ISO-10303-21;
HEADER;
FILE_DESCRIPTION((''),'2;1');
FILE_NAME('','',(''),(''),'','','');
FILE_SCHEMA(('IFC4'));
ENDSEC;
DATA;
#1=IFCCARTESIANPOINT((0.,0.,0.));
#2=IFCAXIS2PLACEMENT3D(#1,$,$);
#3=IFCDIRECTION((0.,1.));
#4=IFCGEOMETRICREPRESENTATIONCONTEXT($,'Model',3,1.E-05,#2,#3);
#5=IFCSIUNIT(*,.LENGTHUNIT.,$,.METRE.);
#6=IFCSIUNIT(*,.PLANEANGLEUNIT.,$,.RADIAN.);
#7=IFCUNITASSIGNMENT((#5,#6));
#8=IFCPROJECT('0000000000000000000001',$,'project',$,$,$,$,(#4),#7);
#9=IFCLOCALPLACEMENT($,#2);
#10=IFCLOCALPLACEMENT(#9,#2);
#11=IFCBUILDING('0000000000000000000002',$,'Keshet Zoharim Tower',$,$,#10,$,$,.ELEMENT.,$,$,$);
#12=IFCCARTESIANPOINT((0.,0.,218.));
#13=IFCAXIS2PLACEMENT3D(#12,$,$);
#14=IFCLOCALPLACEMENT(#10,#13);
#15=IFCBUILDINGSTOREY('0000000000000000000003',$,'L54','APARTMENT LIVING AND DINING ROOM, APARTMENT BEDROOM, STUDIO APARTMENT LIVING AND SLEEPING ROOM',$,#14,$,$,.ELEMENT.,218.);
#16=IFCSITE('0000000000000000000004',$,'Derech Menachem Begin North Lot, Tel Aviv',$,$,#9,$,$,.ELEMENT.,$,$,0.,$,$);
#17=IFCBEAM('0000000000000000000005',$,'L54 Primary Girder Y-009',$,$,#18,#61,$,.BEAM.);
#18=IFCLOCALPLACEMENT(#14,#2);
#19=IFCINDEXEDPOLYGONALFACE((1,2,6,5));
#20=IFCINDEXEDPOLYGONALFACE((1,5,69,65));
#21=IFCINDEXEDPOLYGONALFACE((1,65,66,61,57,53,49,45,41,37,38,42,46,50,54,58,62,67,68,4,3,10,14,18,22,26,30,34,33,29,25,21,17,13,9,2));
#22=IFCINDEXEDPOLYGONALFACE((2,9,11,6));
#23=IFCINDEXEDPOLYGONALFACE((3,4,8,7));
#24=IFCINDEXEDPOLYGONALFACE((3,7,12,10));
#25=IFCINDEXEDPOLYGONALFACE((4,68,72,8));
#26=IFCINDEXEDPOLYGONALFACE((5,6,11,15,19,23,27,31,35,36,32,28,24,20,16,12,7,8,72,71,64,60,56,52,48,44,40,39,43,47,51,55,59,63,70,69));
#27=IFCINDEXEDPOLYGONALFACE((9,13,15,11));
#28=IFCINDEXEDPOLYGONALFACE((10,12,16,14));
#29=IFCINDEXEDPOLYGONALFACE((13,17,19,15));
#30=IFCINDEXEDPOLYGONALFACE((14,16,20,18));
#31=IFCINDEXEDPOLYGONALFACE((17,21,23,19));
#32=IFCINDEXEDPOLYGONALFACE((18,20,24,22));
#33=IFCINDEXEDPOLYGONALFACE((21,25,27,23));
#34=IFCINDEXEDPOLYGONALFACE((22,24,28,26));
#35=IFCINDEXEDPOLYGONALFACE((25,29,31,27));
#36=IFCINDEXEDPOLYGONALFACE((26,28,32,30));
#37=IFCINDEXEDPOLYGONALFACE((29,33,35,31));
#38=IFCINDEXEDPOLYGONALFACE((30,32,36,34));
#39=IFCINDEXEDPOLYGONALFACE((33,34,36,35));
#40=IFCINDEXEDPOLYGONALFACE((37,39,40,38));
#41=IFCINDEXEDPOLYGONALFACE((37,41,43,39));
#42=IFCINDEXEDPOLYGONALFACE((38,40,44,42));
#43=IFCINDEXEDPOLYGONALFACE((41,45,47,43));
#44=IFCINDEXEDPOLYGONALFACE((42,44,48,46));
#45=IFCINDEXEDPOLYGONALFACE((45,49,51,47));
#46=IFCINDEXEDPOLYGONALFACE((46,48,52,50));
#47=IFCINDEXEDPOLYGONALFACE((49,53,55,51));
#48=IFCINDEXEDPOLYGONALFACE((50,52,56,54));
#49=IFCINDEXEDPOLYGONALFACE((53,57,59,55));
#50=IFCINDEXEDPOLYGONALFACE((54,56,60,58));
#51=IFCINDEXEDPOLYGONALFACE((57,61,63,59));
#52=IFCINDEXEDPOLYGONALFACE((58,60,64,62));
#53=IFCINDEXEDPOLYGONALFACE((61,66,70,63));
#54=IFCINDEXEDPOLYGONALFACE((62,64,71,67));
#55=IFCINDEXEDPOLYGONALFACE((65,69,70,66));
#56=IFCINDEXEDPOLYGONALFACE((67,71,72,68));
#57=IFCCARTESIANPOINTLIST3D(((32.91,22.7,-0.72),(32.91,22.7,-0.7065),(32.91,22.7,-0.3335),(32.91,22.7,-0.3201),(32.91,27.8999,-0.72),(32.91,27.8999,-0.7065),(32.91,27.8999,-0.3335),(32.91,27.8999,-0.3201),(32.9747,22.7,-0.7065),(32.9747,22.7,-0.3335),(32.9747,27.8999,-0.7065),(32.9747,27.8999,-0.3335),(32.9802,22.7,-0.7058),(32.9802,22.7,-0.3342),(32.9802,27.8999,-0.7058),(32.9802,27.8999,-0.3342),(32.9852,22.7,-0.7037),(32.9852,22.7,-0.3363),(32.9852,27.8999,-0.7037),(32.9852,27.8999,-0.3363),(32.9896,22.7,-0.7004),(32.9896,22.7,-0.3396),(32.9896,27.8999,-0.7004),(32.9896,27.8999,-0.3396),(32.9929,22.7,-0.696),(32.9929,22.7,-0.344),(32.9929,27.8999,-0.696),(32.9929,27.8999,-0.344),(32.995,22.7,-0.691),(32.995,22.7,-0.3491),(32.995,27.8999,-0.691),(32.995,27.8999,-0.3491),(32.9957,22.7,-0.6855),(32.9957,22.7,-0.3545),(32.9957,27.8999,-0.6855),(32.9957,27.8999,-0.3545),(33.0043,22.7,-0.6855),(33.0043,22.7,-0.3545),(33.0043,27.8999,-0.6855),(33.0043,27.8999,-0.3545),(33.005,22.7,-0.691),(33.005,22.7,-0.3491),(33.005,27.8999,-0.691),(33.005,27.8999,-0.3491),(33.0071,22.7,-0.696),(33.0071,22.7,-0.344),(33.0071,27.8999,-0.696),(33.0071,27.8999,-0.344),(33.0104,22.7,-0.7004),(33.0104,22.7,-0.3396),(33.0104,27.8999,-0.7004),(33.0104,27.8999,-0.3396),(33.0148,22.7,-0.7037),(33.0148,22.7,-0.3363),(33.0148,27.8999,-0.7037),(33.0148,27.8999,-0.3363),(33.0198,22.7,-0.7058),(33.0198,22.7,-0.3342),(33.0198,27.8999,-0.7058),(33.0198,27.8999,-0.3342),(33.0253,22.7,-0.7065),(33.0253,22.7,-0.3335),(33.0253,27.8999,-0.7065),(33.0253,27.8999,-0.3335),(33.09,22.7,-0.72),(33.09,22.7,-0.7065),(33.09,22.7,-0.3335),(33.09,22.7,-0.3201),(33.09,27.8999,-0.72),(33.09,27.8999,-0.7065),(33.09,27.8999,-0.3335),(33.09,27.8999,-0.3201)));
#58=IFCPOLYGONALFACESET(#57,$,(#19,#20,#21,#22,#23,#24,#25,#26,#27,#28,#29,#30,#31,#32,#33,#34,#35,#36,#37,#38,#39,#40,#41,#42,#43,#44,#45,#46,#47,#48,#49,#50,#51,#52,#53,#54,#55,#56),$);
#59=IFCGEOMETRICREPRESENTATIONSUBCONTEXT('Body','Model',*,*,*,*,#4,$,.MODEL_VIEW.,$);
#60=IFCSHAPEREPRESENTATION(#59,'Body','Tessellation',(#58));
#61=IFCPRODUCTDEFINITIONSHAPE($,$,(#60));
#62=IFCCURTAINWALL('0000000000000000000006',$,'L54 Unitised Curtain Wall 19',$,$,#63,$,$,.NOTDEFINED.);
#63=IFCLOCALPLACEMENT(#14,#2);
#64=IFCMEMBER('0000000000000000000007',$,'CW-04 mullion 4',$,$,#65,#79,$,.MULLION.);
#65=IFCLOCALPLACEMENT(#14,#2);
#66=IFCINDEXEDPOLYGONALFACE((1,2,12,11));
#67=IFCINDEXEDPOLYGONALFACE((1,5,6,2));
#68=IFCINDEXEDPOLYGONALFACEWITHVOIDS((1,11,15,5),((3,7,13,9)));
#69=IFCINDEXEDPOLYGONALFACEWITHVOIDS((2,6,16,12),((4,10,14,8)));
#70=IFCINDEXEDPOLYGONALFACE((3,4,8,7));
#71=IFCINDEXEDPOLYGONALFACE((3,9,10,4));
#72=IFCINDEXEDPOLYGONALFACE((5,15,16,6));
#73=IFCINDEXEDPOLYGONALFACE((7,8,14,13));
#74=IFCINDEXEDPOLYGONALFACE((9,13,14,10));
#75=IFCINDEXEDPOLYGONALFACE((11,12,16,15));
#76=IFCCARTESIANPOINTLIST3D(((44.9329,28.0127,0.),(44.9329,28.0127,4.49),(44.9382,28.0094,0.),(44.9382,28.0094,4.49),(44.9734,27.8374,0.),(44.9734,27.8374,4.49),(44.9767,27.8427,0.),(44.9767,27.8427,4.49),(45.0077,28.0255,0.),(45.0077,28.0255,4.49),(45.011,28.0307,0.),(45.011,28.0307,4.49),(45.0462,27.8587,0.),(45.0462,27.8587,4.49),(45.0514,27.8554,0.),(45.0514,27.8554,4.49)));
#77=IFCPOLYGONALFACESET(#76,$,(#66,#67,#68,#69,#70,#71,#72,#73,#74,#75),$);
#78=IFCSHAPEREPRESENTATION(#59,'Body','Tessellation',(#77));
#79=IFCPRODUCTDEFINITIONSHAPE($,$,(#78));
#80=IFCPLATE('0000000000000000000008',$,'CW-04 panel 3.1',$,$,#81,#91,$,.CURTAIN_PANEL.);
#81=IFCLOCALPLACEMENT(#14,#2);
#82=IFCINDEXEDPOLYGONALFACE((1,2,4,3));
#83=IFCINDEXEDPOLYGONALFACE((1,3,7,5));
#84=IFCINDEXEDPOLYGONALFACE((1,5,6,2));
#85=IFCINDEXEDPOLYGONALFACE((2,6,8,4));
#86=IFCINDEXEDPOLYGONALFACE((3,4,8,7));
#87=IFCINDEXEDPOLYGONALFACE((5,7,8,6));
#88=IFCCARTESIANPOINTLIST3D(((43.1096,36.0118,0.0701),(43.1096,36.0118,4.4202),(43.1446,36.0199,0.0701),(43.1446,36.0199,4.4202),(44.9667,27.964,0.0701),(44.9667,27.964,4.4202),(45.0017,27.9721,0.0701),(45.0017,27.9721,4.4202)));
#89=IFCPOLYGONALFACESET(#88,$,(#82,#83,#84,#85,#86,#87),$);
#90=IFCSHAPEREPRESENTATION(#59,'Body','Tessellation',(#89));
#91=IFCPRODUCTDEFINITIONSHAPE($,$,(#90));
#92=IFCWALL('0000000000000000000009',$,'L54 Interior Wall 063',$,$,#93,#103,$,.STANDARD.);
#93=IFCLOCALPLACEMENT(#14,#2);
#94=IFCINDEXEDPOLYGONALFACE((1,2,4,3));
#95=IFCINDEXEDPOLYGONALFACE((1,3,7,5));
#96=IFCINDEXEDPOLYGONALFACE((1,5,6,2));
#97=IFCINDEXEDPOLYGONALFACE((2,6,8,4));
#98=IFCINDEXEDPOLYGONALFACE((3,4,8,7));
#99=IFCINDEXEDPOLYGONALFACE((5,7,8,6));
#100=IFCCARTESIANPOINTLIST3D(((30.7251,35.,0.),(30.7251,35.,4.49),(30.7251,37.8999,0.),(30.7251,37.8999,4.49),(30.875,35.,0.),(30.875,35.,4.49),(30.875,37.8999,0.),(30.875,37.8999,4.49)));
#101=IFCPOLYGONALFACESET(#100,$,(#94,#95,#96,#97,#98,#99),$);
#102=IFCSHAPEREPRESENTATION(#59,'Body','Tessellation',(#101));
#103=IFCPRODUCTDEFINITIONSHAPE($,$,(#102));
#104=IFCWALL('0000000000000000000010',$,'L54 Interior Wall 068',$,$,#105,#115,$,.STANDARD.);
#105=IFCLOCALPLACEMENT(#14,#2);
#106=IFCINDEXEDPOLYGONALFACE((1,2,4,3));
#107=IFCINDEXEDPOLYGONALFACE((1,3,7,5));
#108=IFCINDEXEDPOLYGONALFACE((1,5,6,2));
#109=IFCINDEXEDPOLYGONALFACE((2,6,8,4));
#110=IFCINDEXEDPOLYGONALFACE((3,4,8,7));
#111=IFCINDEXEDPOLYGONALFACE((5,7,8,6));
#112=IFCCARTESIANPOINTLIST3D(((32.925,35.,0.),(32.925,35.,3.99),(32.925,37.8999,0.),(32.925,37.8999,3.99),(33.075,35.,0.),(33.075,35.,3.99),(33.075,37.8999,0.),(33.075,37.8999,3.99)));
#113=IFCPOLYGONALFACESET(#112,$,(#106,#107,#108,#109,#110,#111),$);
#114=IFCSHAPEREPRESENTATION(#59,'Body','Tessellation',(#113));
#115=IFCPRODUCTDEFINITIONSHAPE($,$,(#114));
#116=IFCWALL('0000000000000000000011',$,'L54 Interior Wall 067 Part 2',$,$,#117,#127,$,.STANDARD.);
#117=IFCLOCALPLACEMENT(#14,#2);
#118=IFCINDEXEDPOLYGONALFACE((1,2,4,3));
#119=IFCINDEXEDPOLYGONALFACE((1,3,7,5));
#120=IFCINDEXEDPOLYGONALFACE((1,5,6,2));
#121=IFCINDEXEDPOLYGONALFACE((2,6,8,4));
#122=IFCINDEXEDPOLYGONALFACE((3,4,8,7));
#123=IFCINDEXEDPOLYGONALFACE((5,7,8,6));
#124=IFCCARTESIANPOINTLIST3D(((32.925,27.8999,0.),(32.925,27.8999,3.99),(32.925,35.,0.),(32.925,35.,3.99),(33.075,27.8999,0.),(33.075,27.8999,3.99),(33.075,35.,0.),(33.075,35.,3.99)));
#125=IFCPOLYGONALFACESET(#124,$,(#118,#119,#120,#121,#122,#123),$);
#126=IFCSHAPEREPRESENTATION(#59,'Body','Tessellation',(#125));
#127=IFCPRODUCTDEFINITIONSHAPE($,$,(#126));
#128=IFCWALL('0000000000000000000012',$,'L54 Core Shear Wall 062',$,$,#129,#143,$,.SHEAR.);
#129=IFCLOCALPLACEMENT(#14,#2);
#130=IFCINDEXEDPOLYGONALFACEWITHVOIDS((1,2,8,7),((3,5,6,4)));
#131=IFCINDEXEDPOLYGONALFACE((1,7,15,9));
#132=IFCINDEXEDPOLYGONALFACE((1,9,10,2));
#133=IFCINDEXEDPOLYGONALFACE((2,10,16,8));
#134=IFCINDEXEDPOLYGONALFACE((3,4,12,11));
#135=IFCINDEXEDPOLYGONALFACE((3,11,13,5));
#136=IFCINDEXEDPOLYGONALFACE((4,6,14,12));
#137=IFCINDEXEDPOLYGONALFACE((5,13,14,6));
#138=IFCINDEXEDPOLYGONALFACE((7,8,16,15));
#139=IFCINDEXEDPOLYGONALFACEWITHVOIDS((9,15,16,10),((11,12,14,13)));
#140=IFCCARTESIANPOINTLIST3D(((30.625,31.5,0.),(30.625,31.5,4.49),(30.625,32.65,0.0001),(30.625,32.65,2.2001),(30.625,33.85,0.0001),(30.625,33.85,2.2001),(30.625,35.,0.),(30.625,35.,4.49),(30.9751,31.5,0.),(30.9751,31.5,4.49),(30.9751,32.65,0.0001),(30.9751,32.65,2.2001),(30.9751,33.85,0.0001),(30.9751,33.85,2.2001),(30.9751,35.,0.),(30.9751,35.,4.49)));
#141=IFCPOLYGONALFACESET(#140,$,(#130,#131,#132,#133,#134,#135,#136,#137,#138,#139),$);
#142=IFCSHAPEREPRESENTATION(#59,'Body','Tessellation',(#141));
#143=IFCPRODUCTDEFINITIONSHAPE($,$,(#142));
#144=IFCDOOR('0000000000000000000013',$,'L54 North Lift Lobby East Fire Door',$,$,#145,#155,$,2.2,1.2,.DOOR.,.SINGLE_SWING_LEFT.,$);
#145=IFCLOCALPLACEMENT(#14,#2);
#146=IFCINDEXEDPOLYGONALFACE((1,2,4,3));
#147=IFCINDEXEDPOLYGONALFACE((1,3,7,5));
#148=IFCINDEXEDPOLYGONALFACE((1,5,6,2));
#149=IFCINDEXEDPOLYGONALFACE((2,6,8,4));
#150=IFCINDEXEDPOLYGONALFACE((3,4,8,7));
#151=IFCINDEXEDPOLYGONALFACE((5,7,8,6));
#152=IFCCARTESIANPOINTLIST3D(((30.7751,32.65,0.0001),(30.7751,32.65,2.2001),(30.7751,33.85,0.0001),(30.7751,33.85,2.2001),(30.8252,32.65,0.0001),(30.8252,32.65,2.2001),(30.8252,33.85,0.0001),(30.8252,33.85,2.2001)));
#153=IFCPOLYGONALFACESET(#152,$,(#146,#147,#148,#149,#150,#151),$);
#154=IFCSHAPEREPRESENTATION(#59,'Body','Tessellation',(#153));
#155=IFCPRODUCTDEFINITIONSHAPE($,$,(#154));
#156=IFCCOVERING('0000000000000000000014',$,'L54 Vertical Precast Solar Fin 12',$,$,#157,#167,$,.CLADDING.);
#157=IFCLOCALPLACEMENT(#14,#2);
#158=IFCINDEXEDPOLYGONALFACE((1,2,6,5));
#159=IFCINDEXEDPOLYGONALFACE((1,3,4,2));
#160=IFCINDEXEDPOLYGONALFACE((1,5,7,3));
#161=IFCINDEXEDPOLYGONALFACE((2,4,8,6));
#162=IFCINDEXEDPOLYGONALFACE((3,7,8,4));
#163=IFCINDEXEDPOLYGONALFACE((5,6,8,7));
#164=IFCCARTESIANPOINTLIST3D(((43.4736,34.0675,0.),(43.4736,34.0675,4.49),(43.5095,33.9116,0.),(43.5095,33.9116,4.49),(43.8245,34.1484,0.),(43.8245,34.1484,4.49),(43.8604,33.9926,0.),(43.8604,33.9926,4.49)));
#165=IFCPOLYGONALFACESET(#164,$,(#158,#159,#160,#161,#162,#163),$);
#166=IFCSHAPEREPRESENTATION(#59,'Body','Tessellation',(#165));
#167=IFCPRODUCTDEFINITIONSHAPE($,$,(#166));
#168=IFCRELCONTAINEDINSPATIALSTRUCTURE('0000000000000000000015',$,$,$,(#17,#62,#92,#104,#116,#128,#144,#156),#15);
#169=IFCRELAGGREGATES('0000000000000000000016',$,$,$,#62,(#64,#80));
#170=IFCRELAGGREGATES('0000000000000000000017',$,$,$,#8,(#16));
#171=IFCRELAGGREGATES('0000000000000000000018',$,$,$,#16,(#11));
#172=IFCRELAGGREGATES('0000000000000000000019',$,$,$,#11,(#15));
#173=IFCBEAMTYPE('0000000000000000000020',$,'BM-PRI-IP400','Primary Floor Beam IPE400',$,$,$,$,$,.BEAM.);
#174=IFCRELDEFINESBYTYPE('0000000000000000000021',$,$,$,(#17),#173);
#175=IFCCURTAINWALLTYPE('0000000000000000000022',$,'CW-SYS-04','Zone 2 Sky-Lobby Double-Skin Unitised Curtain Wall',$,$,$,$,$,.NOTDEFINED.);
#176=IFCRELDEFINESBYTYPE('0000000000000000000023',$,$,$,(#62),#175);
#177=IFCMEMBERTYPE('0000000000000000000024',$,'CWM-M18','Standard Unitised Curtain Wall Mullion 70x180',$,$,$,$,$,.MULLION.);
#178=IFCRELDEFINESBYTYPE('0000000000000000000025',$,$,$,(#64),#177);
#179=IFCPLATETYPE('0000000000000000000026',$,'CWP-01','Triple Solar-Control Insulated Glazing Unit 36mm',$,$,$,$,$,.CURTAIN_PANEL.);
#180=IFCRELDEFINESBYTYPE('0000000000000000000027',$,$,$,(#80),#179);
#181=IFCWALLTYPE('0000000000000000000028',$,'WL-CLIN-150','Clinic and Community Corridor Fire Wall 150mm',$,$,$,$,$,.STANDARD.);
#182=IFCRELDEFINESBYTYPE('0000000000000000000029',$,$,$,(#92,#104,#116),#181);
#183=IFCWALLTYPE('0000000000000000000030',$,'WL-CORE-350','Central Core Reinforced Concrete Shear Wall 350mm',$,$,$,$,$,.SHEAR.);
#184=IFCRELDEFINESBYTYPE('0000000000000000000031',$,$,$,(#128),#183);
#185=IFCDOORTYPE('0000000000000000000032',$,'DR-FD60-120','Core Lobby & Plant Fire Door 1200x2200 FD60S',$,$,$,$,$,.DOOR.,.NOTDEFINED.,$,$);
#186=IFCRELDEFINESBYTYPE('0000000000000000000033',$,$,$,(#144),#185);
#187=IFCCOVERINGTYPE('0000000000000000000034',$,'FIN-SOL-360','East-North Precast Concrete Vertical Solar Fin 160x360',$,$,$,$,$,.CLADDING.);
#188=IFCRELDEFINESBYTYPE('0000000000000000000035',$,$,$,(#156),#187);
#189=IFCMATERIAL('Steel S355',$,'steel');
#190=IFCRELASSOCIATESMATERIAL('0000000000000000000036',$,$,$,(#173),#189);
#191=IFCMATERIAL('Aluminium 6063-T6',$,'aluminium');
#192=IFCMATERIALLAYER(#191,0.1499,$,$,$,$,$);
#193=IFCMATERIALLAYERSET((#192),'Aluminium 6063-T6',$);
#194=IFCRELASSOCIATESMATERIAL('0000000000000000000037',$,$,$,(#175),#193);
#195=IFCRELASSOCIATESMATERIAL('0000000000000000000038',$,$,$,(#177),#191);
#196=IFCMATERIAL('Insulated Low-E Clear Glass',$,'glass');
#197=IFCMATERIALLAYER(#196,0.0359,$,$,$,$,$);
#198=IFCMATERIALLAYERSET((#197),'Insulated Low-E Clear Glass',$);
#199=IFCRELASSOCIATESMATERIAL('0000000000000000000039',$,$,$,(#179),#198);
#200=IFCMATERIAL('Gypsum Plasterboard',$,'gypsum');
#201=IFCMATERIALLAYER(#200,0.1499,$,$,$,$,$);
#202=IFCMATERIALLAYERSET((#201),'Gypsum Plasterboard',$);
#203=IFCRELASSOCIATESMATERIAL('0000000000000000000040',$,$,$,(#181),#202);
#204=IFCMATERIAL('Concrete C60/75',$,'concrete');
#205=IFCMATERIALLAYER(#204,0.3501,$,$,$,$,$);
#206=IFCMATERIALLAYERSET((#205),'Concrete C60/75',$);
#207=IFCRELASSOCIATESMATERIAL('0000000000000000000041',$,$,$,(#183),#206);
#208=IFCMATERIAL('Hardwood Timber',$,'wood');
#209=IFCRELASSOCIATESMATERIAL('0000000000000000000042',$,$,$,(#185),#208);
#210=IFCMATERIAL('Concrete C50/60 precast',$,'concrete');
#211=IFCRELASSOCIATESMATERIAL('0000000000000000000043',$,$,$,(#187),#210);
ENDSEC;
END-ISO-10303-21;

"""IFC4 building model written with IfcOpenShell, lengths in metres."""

from ifc_helpers import new_model, si_unit, direction, frame, frame_2d, origin, origin_2d, place, context, subcontext, project, spatial, rectangle, hollow_rectangle, i_section, extrude, material, layer, layer_set, material_profile, profile_set, type_object, element, fill, aggregate, save


model = new_model("IFC4")

# Units and contexts
model_context = context("Model", 3, precision=1e-05, world=origin(), true_north=direction((0.0, 1.0)))
body_context = subcontext(model_context, "Body", "Model", "MODEL_VIEW")
ifc_project = project(units=[si_unit("LENGTHUNIT", "METRE"), si_unit("PLANEANGLEUNIT", "RADIAN")], contexts=[model_context])

# Site, building, storey
site_placement = place(None, origin())
site = spatial("IfcSite", under=ifc_project, at=site_placement, Name="Derech Menachem Begin North Lot, Tel Aviv", CompositionType="ELEMENT", RefElevation=0.0)
building_placement = place(site_placement, origin())
building = spatial("IfcBuilding", under=site, at=building_placement, Name="Keshet Zoharim Tower", CompositionType="ELEMENT")
storey_placement = place(building_placement, frame((0.0, 0.0, 218.0)))
storey = spatial("IfcBuildingStorey", under=building, at=storey_placement, Name="L54", Description="APARTMENT LIVING AND DINING ROOM, APARTMENT BEDROOM, STUDIO APARTMENT LIVING AND SLEEPING ROOM", CompositionType="ELEMENT", Elevation=218.0)

# Beam
ifc_material_1 = material(Name="Steel S355", Category="steel")
ifc_material_profile_1 = material_profile(ifc_material_1, i_section(OverallWidth=0.1799, OverallDepth=0.3999, WebThickness=0.0085, FlangeThickness=0.0134, FilletRadius=0.021, at=origin_2d()), Name="IPE400")
ifc_profile_set_1 = profile_set([ifc_material_profile_1], Name="Steel S355")
beam_type_1 = type_object("IfcBeamType", Name="BM-PRI-IP400", Description="Primary Floor Beam IPE400", PredefinedType="BEAM", material=ifc_profile_set_1)
beam_1_placement = place(storey_placement, frame((33.0, 22.7, -0.52), z_axis=(0.0, 1.0, 0.0), x_axis=(-1.0, 0.0, 0.0)))
element("IfcBeam", 1, at=beam_1_placement, inside=storey, type_object=beam_type_1, Name="L54 Primary Girder Y-009", PredefinedType="BEAM", context=body_context, shape_type="SweptSolid", body=[
    extrude(i_section(OverallWidth=0.1799, OverallDepth=0.3999, WebThickness=0.0085, FlangeThickness=0.0134, FilletRadius=0.021, at=origin_2d()), origin(), (0.0, 0.0, 1.0), 5.2),
])

# Curtain wall, member, plate
ifc_material_2 = material(Name="Aluminium 6063-T6", Category="aluminium")
ifc_layer_1 = layer(ifc_material_2, 0.1499)
ifc_layer_set_1 = layer_set([ifc_layer_1], Name="Aluminium 6063-T6")
curtain_wall_type = type_object("IfcCurtainWallType", Name="CW-SYS-04", Description="Zone 2 Sky-Lobby Double-Skin Unitised Curtain Wall", PredefinedType="NOTDEFINED", material=ifc_layer_set_1)
curtain_wall_placement = place(storey_placement, origin())
curtain_wall = element("IfcCurtainWall", 2, at=curtain_wall_placement, inside=storey, type_object=curtain_wall_type, Name="L54 Unitised Curtain Wall 19", PredefinedType="NOTDEFINED")
ifc_material_profile_2 = material_profile(ifc_material_2, hollow_rectangle(XDim=0.0801, YDim=0.1799, WallThickness=0.0044, at=origin_2d()), Name="MUL-80x180")
ifc_profile_set_2 = profile_set([ifc_material_profile_2], Name="Aluminium 6063-T6")
member_type = type_object("IfcMemberType", Name="CWM-M18", Description="Standard Unitised Curtain Wall Mullion 70x180", PredefinedType="MULLION", material=ifc_profile_set_2)
member_placement = place(storey_placement, frame((44.9922, 27.9341, 0.0), z_axis=(0.0, 0.0, 1.0), x_axis=(0.974394, 0.224848, 0.0)))
member = element("IfcMember", 3, at=member_placement, type_object=member_type, Name="CW-04 mullion 4", PredefinedType="MULLION", context=body_context, shape_type="SweptSolid", body=[
    extrude(hollow_rectangle(XDim=0.0801, YDim=0.1799, WallThickness=0.0044, at=origin_2d()), origin(), (0.0, 0.0, 1.0), 4.49),
])
ifc_material_3 = material(Name="Insulated Low-E Clear Glass", Category="glass")
ifc_layer_2 = layer(ifc_material_3, 0.0359)
ifc_layer_set_2 = layer_set([ifc_layer_2], Name="Insulated Low-E Clear Glass")
plate_type = type_object("IfcPlateType", Name="CWP-01", Description="Triple Solar-Control Insulated Glazing Unit 36mm", PredefinedType="CURTAIN_PANEL", material=ifc_layer_set_2)
plate_placement = place(storey_placement, frame((44.0557, 31.9919, 0.0701), z_axis=(0.0, 0.0, 1.0), x_axis=(0.224848, -0.974394, 0.0)))
plate = element("IfcPlate", 4, at=plate_placement, type_object=plate_type, Name="CW-04 panel 3.1", PredefinedType="CURTAIN_PANEL", context=body_context, shape_type="SweptSolid", body=[
    extrude(rectangle(XDim=8.2593, YDim=0.0359, at=origin_2d()), origin(), (0.0, 0.0, 1.0), 4.3501),
])
aggregate(curtain_wall, [member, plate])

# Walls
ifc_material_4 = material(Name="Gypsum Plasterboard", Category="gypsum")
ifc_layer_3 = layer(ifc_material_4, 0.1499)
ifc_layer_set_3 = layer_set([ifc_layer_3], Name="Gypsum Plasterboard")
wall_type_1 = type_object("IfcWallType", Name="WL-CLIN-150", Description="Clinic and Community Corridor Fire Wall 150mm", PredefinedType="STANDARD", material=ifc_layer_set_3)
wall_1_placement = place(storey_placement, frame((30.8, 35.0, 0.0), z_axis=(0.0, 0.0, 1.0), x_axis=(0.0, 1.0, 0.0)))
element("IfcWall", 5, at=wall_1_placement, inside=storey, type_object=wall_type_1, Name="L54 Interior Wall 063", PredefinedType="STANDARD", context=body_context, shape_type="SweptSolid", body=[
    extrude(rectangle(XDim=2.8999, YDim=0.1499, at=frame_2d((1.45, 0.0))), origin(), (0.0, 0.0, 1.0), 4.49),
])
wall_2_placement = place(storey_placement, frame((33.0, 35.0, 0.0), z_axis=(0.0, 0.0, 1.0), x_axis=(0.0, 1.0, 0.0)))
element("IfcWall", 6, at=wall_2_placement, inside=storey, type_object=wall_type_1, Name="L54 Interior Wall 068", PredefinedType="STANDARD", context=body_context, shape_type="SweptSolid", body=[
    extrude(rectangle(XDim=2.8999, YDim=0.1499, at=frame_2d((1.45, 0.0))), origin(), (0.0, 0.0, 1.0), 3.99),
])
wall_3_placement = place(storey_placement, frame((33.0, 27.8999, 0.0), z_axis=(0.0, 0.0, 1.0), x_axis=(0.0, 1.0, 0.0)))
element("IfcWall", 7, at=wall_3_placement, inside=storey, type_object=wall_type_1, Name="L54 Interior Wall 067 Part 2", PredefinedType="STANDARD", context=body_context, shape_type="SweptSolid", body=[
    extrude(rectangle(XDim=7.1001, YDim=0.1499, at=frame_2d((3.55, 0.0))), origin(), (0.0, 0.0, 1.0), 3.99),
])

# Wall, opening, door
ifc_material_5 = material(Name="Concrete C60/75", Category="concrete")
ifc_layer_4 = layer(ifc_material_5, 0.3501)
ifc_layer_set_4 = layer_set([ifc_layer_4], Name="Concrete C60/75")
wall_type_2 = type_object("IfcWallType", Name="WL-CORE-350", Description="Central Core Reinforced Concrete Shear Wall 350mm", PredefinedType="SHEAR", material=ifc_layer_set_4)
wall_4_placement = place(storey_placement, frame((30.8, 31.5, 0.0), z_axis=(0.0, 0.0, 1.0), x_axis=(0.0, 1.0, 0.0)))
wall_4 = element("IfcWall", 8, at=wall_4_placement, inside=storey, type_object=wall_type_2, Name="L54 Core Shear Wall 062", PredefinedType="SHEAR", context=body_context, shape_type="SweptSolid", body=[
    extrude(rectangle(XDim=3.5, YDim=0.3501, at=frame_2d((1.75, 0.0))), origin(), (0.0, 0.0, 1.0), 4.49),
])
opening_placement = place(wall_4_placement, frame((1.1499, 0.0, 0.0)))
opening = element("IfcOpeningElement", 9, at=opening_placement, cuts=wall_4, PredefinedType="OPENING", context=body_context, shape_type="SweptSolid", body=[
    extrude(rectangle(XDim=1.2, YDim=2.2, at=frame_2d((0.6001, 1.1001))), frame((0.0, 0.1851, 0.0), z_axis=(0.0, -1.0, 0.0), x_axis=(1.0, 0.0, 0.0)), (0.0, 0.0, 1.0), 0.3701),
])
ifc_material_6 = material(Name="Hardwood Timber", Category="wood")
door_type = type_object("IfcDoorType", Name="DR-FD60-120", Description="Core Lobby & Plant Fire Door 1200x2200 FD60S", OperationType="NOTDEFINED", PredefinedType="DOOR", material=ifc_material_6)
door_placement = place(opening_placement, origin())
door = element("IfcDoor", 10, at=door_placement, inside=storey, type_object=door_type, Name="L54 North Lift Lobby East Fire Door", OperationType="SINGLE_SWING_LEFT", OverallHeight=2.2, OverallWidth=1.2, PredefinedType="DOOR", context=body_context, shape_type="SweptSolid", body=[
    extrude(rectangle(XDim=1.2, YDim=2.2, at=frame_2d((0.6001, 1.1001))), frame((0.0, 0.0249, 0.0), z_axis=(0.0, -1.0, 0.0), x_axis=(1.0, 0.0, 0.0)), (0.0, 0.0, 1.0), 0.05),
])
fill(opening, door)

# Covering
ifc_material_7 = material(Name="Concrete C50/60 precast", Category="concrete")
covering_type = type_object("IfcCoveringType", Name="FIN-SOL-360", Description="East-North Precast Concrete Vertical Solar Fin 160x360", PredefinedType="CLADDING", material=ifc_material_7)
covering_placement = place(storey_placement, frame((43.667, 34.03, 0.0), z_axis=(0.0, 0.0, 1.0), x_axis=(0.224848, -0.974394, 0.0)))
element("IfcCovering", 11, at=covering_placement, inside=storey, type_object=covering_type, Name="L54 Vertical Precast Solar Fin 12", PredefinedType="CLADDING", context=body_context, shape_type="SweptSolid", body=[
    extrude(rectangle(XDim=0.1599, YDim=0.3601, at=origin_2d()), origin(), (0.0, 0.0, 1.0), 4.49),
])

save(model, "model.ifc")
